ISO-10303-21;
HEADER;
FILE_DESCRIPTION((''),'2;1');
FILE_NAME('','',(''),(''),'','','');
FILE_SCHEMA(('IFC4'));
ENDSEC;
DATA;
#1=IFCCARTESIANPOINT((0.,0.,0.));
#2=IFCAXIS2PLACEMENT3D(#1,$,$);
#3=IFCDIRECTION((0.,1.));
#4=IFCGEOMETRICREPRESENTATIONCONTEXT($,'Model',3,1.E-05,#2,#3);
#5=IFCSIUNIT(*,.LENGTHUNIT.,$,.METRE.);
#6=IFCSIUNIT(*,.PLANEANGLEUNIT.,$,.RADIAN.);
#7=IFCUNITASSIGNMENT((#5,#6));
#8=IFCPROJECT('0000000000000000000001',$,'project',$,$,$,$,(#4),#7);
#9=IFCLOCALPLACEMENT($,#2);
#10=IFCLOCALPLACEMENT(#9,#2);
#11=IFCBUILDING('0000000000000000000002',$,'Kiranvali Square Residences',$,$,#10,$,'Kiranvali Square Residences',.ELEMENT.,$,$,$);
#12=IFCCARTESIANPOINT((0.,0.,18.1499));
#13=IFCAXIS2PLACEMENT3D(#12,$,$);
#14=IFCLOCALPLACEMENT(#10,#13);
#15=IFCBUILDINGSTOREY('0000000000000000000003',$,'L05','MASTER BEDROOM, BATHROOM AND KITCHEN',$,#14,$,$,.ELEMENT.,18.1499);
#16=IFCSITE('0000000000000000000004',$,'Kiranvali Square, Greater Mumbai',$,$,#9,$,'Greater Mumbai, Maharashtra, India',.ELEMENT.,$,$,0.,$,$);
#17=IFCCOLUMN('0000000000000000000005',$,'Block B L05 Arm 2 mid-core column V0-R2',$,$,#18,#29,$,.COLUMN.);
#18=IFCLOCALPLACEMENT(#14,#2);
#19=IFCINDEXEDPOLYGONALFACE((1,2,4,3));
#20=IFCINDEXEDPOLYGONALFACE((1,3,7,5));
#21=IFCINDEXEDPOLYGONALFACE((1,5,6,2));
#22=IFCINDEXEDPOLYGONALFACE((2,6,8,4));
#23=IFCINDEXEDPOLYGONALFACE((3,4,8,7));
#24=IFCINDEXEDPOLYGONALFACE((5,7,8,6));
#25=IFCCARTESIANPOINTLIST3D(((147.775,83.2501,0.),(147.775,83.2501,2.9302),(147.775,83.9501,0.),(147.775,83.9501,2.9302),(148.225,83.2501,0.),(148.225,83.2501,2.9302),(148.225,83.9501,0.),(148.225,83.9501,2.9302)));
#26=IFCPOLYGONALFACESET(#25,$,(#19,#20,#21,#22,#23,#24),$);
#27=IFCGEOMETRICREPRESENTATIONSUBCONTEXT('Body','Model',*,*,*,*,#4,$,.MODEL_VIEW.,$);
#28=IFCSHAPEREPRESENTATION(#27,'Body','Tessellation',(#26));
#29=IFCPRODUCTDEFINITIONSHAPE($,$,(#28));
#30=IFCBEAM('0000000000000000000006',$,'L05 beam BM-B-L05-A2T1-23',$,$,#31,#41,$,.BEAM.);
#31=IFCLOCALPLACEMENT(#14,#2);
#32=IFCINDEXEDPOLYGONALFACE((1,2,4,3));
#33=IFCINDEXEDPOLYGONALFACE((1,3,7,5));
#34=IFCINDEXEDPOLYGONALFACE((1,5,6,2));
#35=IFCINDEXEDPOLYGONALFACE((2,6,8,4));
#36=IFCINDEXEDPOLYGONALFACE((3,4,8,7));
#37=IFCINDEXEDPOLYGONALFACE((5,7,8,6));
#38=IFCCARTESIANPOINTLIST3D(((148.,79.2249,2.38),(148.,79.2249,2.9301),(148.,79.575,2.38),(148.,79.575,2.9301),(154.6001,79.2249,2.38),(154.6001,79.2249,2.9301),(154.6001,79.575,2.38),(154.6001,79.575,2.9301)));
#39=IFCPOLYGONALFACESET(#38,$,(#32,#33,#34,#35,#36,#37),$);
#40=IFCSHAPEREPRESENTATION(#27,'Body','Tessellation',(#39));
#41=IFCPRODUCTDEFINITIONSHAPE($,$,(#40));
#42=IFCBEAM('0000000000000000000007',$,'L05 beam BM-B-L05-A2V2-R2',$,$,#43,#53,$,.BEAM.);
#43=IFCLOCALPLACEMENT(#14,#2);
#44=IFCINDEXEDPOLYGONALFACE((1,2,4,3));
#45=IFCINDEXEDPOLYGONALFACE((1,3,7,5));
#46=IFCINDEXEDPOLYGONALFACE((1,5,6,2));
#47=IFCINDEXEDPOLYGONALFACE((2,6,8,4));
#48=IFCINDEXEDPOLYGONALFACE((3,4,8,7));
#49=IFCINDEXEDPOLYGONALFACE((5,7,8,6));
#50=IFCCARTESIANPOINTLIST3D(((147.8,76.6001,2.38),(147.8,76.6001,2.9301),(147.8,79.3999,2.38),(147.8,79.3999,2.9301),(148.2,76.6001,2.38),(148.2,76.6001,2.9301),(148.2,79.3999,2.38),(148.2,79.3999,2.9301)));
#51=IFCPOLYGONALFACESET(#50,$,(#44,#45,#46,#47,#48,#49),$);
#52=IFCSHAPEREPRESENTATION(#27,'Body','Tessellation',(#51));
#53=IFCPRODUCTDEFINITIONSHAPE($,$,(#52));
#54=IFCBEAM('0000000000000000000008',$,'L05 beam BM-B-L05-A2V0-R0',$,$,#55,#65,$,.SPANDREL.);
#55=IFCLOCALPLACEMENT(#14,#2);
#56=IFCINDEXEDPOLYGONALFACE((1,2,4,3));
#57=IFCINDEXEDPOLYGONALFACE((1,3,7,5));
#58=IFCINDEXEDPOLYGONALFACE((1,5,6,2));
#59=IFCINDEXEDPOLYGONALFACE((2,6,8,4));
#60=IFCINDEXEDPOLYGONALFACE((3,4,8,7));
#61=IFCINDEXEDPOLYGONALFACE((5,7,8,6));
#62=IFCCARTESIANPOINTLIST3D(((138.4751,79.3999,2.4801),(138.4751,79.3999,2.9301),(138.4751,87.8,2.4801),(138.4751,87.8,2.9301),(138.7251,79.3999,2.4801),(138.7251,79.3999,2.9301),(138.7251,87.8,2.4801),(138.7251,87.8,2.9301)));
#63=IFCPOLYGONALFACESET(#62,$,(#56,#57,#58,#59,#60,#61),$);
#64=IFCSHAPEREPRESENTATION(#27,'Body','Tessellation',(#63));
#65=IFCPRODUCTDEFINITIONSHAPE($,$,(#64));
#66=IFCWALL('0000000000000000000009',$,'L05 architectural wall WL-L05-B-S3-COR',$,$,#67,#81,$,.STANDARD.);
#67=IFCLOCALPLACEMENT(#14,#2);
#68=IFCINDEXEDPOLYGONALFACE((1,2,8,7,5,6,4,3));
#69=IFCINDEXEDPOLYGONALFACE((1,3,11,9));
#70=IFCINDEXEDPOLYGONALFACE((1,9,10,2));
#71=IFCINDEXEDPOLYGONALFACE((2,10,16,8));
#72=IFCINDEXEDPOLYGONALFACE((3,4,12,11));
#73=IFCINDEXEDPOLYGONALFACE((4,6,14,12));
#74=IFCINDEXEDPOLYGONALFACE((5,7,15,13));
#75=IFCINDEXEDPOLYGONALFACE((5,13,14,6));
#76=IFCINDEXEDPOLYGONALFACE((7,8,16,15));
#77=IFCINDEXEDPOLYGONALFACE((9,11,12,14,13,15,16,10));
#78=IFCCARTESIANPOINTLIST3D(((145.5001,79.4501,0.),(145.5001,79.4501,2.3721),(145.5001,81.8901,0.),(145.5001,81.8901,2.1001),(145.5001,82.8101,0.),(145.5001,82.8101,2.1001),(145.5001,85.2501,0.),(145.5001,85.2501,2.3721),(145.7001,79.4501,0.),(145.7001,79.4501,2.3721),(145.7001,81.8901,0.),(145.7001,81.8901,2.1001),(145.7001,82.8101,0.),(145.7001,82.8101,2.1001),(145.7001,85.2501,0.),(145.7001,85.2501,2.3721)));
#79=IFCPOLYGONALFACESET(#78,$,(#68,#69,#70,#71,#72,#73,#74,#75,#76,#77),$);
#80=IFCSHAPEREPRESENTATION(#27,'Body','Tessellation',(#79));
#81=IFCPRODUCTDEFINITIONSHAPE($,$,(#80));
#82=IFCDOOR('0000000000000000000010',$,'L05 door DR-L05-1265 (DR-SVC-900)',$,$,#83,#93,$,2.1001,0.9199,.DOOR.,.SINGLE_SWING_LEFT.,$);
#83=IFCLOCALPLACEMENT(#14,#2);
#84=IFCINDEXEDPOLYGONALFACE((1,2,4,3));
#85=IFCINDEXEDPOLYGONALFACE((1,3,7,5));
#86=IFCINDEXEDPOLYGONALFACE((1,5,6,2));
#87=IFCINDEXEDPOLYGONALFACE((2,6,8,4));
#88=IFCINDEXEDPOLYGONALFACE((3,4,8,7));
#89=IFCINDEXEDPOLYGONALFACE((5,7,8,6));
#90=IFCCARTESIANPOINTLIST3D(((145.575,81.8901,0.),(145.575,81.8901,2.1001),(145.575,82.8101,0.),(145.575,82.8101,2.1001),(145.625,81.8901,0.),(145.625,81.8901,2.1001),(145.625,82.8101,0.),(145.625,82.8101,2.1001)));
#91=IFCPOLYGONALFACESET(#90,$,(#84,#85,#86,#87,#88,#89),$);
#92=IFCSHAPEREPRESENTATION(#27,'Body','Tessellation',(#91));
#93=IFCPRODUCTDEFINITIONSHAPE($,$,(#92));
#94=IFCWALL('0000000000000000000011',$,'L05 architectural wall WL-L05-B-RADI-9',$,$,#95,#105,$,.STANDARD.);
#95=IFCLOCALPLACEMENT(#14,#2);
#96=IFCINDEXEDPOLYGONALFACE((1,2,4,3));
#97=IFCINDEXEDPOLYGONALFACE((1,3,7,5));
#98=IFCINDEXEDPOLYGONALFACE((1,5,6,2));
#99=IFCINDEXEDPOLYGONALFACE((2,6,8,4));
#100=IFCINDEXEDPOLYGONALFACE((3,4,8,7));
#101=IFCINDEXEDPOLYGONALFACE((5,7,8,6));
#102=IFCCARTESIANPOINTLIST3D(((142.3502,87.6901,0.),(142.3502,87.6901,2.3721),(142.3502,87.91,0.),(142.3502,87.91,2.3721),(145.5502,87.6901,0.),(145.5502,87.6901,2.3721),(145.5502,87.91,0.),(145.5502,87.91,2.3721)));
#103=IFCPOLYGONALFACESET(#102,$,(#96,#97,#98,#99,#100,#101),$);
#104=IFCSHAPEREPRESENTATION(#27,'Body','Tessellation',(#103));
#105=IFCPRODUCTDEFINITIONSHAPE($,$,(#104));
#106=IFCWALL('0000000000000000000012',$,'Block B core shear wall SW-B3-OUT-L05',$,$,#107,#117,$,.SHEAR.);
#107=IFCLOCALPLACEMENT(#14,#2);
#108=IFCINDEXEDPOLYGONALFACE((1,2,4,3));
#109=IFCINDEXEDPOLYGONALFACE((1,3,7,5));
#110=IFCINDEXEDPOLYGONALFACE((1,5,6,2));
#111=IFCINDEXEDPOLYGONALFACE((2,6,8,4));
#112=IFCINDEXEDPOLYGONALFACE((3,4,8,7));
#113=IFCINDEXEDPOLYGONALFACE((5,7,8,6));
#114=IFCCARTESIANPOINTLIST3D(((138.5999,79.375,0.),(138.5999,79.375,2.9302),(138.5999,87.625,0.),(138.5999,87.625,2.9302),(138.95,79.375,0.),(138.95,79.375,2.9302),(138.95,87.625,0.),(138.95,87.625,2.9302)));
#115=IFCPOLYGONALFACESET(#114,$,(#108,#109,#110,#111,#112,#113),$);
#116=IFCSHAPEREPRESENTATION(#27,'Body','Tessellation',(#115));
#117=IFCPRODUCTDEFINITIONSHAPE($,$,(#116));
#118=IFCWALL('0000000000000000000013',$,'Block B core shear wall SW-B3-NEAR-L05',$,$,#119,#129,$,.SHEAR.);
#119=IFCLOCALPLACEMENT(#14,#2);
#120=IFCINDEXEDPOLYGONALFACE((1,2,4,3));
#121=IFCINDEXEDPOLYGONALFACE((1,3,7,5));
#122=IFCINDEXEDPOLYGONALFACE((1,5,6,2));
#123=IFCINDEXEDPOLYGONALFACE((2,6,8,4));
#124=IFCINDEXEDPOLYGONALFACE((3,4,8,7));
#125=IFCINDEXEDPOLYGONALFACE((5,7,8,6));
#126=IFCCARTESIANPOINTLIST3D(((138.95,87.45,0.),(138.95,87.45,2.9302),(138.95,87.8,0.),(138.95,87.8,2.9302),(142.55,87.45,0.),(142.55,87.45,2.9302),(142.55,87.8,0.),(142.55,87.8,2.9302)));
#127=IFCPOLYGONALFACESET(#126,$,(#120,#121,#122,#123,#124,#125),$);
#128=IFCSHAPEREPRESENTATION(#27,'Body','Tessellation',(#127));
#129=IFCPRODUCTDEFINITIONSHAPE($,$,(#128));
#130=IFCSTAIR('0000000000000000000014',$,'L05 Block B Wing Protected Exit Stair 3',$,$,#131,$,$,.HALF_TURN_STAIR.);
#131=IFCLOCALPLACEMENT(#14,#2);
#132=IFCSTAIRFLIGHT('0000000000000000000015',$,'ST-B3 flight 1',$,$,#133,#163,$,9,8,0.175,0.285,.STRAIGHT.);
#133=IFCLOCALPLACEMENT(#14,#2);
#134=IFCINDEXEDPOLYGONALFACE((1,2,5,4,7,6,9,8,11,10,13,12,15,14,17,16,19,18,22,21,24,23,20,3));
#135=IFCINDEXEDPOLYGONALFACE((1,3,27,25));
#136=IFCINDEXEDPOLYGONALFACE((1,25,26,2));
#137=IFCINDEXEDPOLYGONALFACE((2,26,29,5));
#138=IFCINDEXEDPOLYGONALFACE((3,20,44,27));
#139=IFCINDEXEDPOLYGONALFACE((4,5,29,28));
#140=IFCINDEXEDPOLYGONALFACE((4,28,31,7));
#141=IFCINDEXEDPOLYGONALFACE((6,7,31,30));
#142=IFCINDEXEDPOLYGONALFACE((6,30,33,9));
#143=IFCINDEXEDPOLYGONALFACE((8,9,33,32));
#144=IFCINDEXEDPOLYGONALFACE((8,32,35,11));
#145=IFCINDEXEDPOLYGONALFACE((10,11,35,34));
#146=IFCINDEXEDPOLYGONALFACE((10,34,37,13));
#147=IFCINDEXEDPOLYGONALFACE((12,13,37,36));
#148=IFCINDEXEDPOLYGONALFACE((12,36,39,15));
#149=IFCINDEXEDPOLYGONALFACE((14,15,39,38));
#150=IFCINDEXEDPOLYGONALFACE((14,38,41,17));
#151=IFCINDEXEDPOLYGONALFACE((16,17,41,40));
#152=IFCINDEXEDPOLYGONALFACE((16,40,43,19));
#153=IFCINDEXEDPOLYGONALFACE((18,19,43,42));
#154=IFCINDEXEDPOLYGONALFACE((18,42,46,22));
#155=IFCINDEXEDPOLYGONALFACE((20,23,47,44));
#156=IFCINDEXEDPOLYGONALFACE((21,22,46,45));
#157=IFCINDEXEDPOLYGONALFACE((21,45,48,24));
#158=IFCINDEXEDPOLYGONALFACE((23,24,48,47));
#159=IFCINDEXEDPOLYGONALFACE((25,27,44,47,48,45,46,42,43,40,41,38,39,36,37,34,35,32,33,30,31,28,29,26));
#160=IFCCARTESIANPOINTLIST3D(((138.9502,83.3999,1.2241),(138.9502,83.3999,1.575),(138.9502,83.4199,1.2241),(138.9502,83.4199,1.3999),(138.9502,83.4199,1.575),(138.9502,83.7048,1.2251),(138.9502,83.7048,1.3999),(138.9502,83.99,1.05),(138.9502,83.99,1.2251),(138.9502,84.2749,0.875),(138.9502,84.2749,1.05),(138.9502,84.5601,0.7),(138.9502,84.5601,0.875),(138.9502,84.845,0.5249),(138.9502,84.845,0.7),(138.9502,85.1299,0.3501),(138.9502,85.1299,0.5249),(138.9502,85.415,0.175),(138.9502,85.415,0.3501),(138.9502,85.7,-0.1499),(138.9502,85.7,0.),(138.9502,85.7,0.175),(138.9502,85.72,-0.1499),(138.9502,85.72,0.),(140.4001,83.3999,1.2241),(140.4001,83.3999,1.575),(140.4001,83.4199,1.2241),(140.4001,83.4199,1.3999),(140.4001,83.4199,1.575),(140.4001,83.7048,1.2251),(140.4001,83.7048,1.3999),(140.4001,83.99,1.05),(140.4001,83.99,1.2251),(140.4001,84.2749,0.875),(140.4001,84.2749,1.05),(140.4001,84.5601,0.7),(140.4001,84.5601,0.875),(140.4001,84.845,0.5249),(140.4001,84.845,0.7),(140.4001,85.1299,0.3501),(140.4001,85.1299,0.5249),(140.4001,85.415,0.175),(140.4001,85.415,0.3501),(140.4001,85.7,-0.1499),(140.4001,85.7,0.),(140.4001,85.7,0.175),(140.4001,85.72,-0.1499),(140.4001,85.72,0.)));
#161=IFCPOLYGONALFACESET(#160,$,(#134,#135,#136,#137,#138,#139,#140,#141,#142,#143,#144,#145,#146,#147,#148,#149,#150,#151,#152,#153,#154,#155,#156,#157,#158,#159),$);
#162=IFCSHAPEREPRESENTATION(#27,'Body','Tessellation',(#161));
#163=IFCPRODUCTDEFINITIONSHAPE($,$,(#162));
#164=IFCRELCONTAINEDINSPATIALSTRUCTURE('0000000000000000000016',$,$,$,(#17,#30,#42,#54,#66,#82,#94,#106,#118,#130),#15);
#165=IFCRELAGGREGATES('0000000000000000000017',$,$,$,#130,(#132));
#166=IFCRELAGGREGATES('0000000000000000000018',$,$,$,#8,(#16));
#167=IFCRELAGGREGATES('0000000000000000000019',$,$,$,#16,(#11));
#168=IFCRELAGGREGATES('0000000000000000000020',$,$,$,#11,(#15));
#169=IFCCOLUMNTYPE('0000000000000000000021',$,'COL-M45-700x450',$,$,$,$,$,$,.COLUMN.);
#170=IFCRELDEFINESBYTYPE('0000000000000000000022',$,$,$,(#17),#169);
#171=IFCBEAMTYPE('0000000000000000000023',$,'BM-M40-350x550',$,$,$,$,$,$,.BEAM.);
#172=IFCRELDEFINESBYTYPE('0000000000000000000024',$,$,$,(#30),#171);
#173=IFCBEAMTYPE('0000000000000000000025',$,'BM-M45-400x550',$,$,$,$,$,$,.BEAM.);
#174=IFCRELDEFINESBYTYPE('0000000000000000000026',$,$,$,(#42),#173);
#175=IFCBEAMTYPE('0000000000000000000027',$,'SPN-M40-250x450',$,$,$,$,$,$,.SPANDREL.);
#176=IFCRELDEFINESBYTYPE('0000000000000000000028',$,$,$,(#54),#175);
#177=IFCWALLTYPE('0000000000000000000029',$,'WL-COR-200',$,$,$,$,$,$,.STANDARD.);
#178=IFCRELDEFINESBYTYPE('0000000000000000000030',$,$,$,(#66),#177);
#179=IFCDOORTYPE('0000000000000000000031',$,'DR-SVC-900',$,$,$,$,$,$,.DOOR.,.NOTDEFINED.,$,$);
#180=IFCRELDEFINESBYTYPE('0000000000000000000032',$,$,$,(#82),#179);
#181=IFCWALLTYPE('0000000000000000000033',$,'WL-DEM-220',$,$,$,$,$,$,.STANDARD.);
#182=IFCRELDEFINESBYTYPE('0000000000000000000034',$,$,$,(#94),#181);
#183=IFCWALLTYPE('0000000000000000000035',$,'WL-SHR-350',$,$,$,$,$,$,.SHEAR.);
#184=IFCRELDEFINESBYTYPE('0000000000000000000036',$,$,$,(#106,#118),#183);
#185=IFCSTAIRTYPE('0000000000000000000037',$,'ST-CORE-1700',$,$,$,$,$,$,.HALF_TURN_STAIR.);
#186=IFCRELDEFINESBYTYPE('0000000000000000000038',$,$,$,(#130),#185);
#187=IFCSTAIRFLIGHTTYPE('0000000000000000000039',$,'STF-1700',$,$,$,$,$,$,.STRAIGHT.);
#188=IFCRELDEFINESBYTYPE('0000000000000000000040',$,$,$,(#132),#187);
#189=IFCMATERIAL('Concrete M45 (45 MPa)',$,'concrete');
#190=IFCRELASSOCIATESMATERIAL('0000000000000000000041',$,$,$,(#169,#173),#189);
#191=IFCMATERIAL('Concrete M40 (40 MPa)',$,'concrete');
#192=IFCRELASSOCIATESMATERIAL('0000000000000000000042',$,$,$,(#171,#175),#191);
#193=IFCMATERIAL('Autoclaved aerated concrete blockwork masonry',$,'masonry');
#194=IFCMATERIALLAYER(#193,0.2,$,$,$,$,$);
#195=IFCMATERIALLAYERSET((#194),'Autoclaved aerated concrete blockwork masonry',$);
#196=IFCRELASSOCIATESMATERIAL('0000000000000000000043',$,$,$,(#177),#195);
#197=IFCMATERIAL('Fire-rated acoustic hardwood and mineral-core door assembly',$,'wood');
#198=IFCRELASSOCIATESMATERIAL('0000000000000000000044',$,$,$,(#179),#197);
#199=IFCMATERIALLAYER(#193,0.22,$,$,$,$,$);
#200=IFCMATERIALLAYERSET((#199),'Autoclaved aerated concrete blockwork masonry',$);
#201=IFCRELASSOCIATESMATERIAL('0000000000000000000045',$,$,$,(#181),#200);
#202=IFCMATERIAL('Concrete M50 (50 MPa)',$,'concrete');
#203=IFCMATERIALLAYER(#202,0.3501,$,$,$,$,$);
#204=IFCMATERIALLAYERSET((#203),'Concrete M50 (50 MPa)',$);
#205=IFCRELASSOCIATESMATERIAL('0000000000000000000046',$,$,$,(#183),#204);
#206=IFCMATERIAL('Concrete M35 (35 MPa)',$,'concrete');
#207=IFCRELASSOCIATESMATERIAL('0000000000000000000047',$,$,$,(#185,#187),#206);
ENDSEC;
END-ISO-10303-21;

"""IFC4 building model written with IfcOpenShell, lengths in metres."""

from ifc_helpers import new_model, si_unit, direction, frame, frame_2d, origin, origin_2d, place, context, subcontext, project, spatial, polyline, rectangle, outline, extrude, material, layer, layer_set, material_profile, profile_set, type_object, element, fill, aggregate, save


model = new_model("IFC4")

# Units and contexts
model_context = context("Model", 3, precision=1e-05, world=origin(), true_north=direction((0.0, 1.0)))
body_context = subcontext(model_context, "Body", "Model", "MODEL_VIEW")
ifc_project = project(units=[si_unit("LENGTHUNIT", "METRE"), si_unit("PLANEANGLEUNIT", "RADIAN")], contexts=[model_context])

# Site, building, storey
site_placement = place(None, origin())
site = spatial("IfcSite", under=ifc_project, at=site_placement, Name="Kiranvali Square, Greater Mumbai", LongName="Greater Mumbai, Maharashtra, India", CompositionType="ELEMENT", RefElevation=0.0)
building_placement = place(site_placement, origin())
building = spatial("IfcBuilding", under=site, at=building_placement, Name="Kiranvali Square Residences", LongName="Kiranvali Square Residences", CompositionType="ELEMENT")
storey_placement = place(building_placement, frame((0.0, 0.0, 18.1499)))
storey = spatial("IfcBuildingStorey", under=building, at=storey_placement, Name="L05", Description="MASTER BEDROOM, BATHROOM AND KITCHEN", CompositionType="ELEMENT", Elevation=18.1499)

# Column
ifc_material_1 = material(Name="Concrete M45 (45 MPa)", Category="concrete")
ifc_material_profile_1 = material_profile(ifc_material_1, rectangle(XDim=0.45, YDim=0.7, at=origin_2d()), Name="RC 700x450")
ifc_profile_set_1 = profile_set([ifc_material_profile_1], Name="Concrete M45 (45 MPa)")
column_type = type_object("IfcColumnType", Name="COL-M45-700x450", PredefinedType="COLUMN", material=ifc_profile_set_1)
column_placement = place(storey_placement, frame((148.0, 83.6001, 0.0), z_axis=(0.0, 0.0, 1.0), x_axis=(1.0, 0.0, 0.0)))
element("IfcColumn", 1, at=column_placement, inside=storey, type_object=column_type, Name="Block B L05 Arm 2 mid-core column V0-R2", PredefinedType="COLUMN", context=body_context, shape_type="SweptSolid", body=[
    extrude(rectangle(XDim=0.45, YDim=0.7, at=origin_2d()), origin(), (0.0, 0.0, 1.0), 2.9302),
])

# Beams
ifc_material_2 = material(Name="Concrete M40 (40 MPa)", Category="concrete")
ifc_material_profile_2 = material_profile(ifc_material_2, rectangle(XDim=0.3501, YDim=0.55, at=origin_2d()), Name="RC 350x550")
ifc_profile_set_2 = profile_set([ifc_material_profile_2], Name="Concrete M40 (40 MPa)")
beam_type_1 = type_object("IfcBeamType", Name="BM-M40-350x550", PredefinedType="BEAM", material=ifc_profile_set_2)
beam_1_placement = place(storey_placement, frame((148.0, 79.3999, 2.655), z_axis=(1.0, 0.0, 0.0), x_axis=(0.0, 1.0, 0.0)))
element("IfcBeam", 2, at=beam_1_placement, inside=storey, type_object=beam_type_1, Name="L05 beam BM-B-L05-A2T1-23", PredefinedType="BEAM", context=body_context, shape_type="SweptSolid", body=[
    extrude(rectangle(XDim=0.3501, YDim=0.55, at=origin_2d()), origin(), (0.0, 0.0, 1.0), 6.6001),
])
ifc_material_profile_3 = material_profile(ifc_material_1, rectangle(XDim=0.3999, YDim=0.55, at=origin_2d()), Name="RC 400x550")
ifc_profile_set_3 = profile_set([ifc_material_profile_3], Name="Concrete M45 (45 MPa)")
beam_type_2 = type_object("IfcBeamType", Name="BM-M45-400x550", PredefinedType="BEAM", material=ifc_profile_set_3)
beam_2_placement = place(storey_placement, frame((148.0, 79.3999, 2.655), z_axis=(0.0, -1.0, 0.0), x_axis=(1.0, 0.0, 0.0)))
element("IfcBeam", 3, at=beam_2_placement, inside=storey, type_object=beam_type_2, Name="L05 beam BM-B-L05-A2V2-R2", PredefinedType="BEAM", context=body_context, shape_type="SweptSolid", body=[
    extrude(rectangle(XDim=0.3999, YDim=0.55, at=origin_2d()), origin(), (0.0, 0.0, 1.0), 2.7998),
])
ifc_material_profile_4 = material_profile(ifc_material_2, rectangle(XDim=0.25, YDim=0.45, at=origin_2d()), Name="RC 250x450")
ifc_profile_set_4 = profile_set([ifc_material_profile_4], Name="Concrete M40 (40 MPa)")
beam_type_3 = type_object("IfcBeamType", Name="SPN-M40-250x450", PredefinedType="SPANDREL", material=ifc_profile_set_4)
beam_3_placement = place(storey_placement, frame((138.6001, 87.8, 2.7051), z_axis=(0.0, -1.0, 0.0), x_axis=(1.0, 0.0, 0.0)))
element("IfcBeam", 4, at=beam_3_placement, inside=storey, type_object=beam_type_3, Name="L05 beam BM-B-L05-A2V0-R0", PredefinedType="SPANDREL", context=body_context, shape_type="SweptSolid", body=[
    extrude(rectangle(XDim=0.25, YDim=0.45, at=origin_2d()), origin(), (0.0, 0.0, 1.0), 8.4001),
])

# Wall, opening, door
ifc_material_3 = material(Name="Autoclaved aerated concrete blockwork masonry", Category="masonry")
ifc_layer_1 = layer(ifc_material_3, 0.2)
ifc_layer_set_1 = layer_set([ifc_layer_1], Name="Autoclaved aerated concrete blockwork masonry")
wall_type_1 = type_object("IfcWallType", Name="WL-COR-200", PredefinedType="STANDARD", material=ifc_layer_set_1)
ifc_material_4 = material(Name="Fire-rated acoustic hardwood and mineral-core door assembly", Category="wood")
wall_1_placement = place(storey_placement, frame((145.6001, 85.25, 0.0), z_axis=(0.0, 0.0, 1.0), x_axis=(0.0, -1.0, 0.0)))
wall_1 = element("IfcWall", 5, at=wall_1_placement, inside=storey, type_object=wall_type_1, Name="L05 architectural wall WL-L05-B-S3-COR", PredefinedType="STANDARD", context=body_context, shape_type="SweptSolid", body=[
    extrude(rectangle(XDim=5.8, YDim=0.2, at=frame_2d((2.8999, 0.0))), origin(), (0.0, 0.0, 1.0), 2.3721),
])
opening_1_placement = place(wall_1_placement, frame((2.4399, 0.0, 0.0)))
opening_1 = element("IfcOpeningElement", 6, at=opening_1_placement, cuts=wall_1, PredefinedType="OPENING", context=body_context, shape_type="SweptSolid", body=[
    extrude(rectangle(XDim=0.9199, YDim=2.1001, at=frame_2d((0.46, 1.05))), frame((0.0, 0.1099, 0.0), z_axis=(0.0, -1.0, 0.0), x_axis=(1.0, 0.0, 0.0)), (0.0, 0.0, 1.0), 0.22),
])
door_type_1 = type_object("IfcDoorType", Name="DR-SVC-900", OperationType="NOTDEFINED", PredefinedType="DOOR", material=ifc_material_4)
door_1_placement = place(opening_1_placement, origin())
door_1 = element("IfcDoor", 7, at=door_1_placement, inside=storey, type_object=door_type_1, Name="L05 door DR-L05-1265 (DR-SVC-900)", OperationType="SINGLE_SWING_LEFT", OverallHeight=2.1001, OverallWidth=0.9199, PredefinedType="DOOR", context=body_context, shape_type="SweptSolid", body=[
    extrude(rectangle(XDim=0.9199, YDim=2.1001, at=frame_2d((0.46, 1.05))), frame((0.0, 0.0249, 0.0), z_axis=(0.0, -1.0, 0.0), x_axis=(1.0, 0.0, 0.0)), (0.0, 0.0, 1.0), 0.05),
])
fill(opening_1, door_1)

# Walls
ifc_layer_2 = layer(ifc_material_3, 0.22)
ifc_layer_set_2 = layer_set([ifc_layer_2], Name="Autoclaved aerated concrete blockwork masonry")
wall_type_2 = type_object("IfcWallType", Name="WL-DEM-220", PredefinedType="STANDARD", material=ifc_layer_set_2)
wall_2_placement = place(storey_placement, frame((142.3501, 87.8, 0.0), z_axis=(0.0, 0.0, 1.0), x_axis=(1.0, 0.0, 0.0)))
element("IfcWall", 8, at=wall_2_placement, inside=storey, type_object=wall_type_2, Name="L05 architectural wall WL-L05-B-RADI-9", PredefinedType="STANDARD", context=body_context, shape_type="SweptSolid", body=[
    extrude(rectangle(XDim=3.2, YDim=0.22, at=frame_2d((1.6001, 0.0))), origin(), (0.0, 0.0, 1.0), 2.3721),
])
ifc_material_5 = material(Name="Concrete M50 (50 MPa)", Category="concrete")
ifc_layer_3 = layer(ifc_material_5, 0.3501)
ifc_layer_set_3 = layer_set([ifc_layer_3], Name="Concrete M50 (50 MPa)")
wall_type_3 = type_object("IfcWallType", Name="WL-SHR-350", PredefinedType="SHEAR", material=ifc_layer_set_3)
wall_3_placement = place(storey_placement, frame((138.7749, 87.625, 0.0), z_axis=(0.0, 0.0, 1.0), x_axis=(0.0, -1.0, 0.0)))
element("IfcWall", 9, at=wall_3_placement, inside=storey, type_object=wall_type_3, Name="Block B core shear wall SW-B3-OUT-L05", PredefinedType="SHEAR", context=body_context, shape_type="SweptSolid", body=[
    extrude(rectangle(XDim=8.25, YDim=0.3501, at=frame_2d((4.125, 0.0))), origin(), (0.0, 0.0, 1.0), 2.9302),
])

# Wall
wall_4_placement = place(storey_placement, frame((138.95, 87.625, 0.0), z_axis=(0.0, 0.0, 1.0), x_axis=(1.0, 0.0, 0.0)))
element("IfcWall", 10, at=wall_4_placement, inside=storey, type_object=wall_type_3, Name="Block B core shear wall SW-B3-NEAR-L05", PredefinedType="SHEAR", context=body_context, shape_type="SweptSolid", body=[
    extrude(rectangle(XDim=3.6001, YDim=0.3501, at=frame_2d((1.8, 0.0))), origin(), (0.0, 0.0, 1.0), 2.9302),
])

# Stair, stair flight
ifc_material_6 = material(Name="Concrete M35 (35 MPa)", Category="concrete")
stair_type = type_object("IfcStairType", Name="ST-CORE-1700", PredefinedType="HALF_TURN_STAIR", material=ifc_material_6)
stair_placement = place(storey_placement, origin())
stair = element("IfcStair", 11, at=stair_placement, inside=storey, type_object=stair_type, Name="L05 Block B Wing Protected Exit Stair 3", PredefinedType="HALF_TURN_STAIR")
stair_flight_type = type_object("IfcStairFlightType", Name="STF-1700", PredefinedType="STRAIGHT", material=ifc_material_6)
stair_flight_1_placement = place(storey_placement, frame((139.675, 85.7, 0.0), z_axis=(0.0, 0.0, 1.0), x_axis=(0.0, -1.0, 0.0)))
stair_flight_1 = element("IfcStairFlight", 12, at=stair_flight_1_placement, type_object=stair_flight_type, Name="ST-B3 flight 1", NumberOfRisers=9, NumberOfTreads=8, PredefinedType="STRAIGHT", RiserHeight=0.175, TreadLength=0.285, context=body_context, shape_type="SweptSolid", body=[
    extrude(outline(polyline([(-0.02, -0.1499), (-0.02, 0.0), (0.0, 0.0), (0.0, 0.175), (0.2849, 0.175), (0.2849, 0.3501), (0.5701, 0.3501), (0.5701, 0.5249), (0.855, 0.5249), (0.855, 0.7), (1.1399, 0.7), (1.1399, 0.875), (1.425, 0.875), (1.425, 1.05), (1.71, 1.05), (1.71, 1.2251), (1.9951, 1.2251), (1.9951, 1.3999), (2.28, 1.3999), (2.28, 1.575), (2.3, 1.575), (2.3, 1.2241), (2.28, 1.2241), (0.0, -0.1499), (-0.02, -0.1499)])), frame((0.0, 0.7251, 0.0), z_axis=(0.0, -1.0, 0.0), x_axis=(1.0, 0.0, 0.0)), (0.0, 0.0, 1.0), 1.45),
])
aggregate(stair, [stair_flight_1])

save(model, "model.ifc")
